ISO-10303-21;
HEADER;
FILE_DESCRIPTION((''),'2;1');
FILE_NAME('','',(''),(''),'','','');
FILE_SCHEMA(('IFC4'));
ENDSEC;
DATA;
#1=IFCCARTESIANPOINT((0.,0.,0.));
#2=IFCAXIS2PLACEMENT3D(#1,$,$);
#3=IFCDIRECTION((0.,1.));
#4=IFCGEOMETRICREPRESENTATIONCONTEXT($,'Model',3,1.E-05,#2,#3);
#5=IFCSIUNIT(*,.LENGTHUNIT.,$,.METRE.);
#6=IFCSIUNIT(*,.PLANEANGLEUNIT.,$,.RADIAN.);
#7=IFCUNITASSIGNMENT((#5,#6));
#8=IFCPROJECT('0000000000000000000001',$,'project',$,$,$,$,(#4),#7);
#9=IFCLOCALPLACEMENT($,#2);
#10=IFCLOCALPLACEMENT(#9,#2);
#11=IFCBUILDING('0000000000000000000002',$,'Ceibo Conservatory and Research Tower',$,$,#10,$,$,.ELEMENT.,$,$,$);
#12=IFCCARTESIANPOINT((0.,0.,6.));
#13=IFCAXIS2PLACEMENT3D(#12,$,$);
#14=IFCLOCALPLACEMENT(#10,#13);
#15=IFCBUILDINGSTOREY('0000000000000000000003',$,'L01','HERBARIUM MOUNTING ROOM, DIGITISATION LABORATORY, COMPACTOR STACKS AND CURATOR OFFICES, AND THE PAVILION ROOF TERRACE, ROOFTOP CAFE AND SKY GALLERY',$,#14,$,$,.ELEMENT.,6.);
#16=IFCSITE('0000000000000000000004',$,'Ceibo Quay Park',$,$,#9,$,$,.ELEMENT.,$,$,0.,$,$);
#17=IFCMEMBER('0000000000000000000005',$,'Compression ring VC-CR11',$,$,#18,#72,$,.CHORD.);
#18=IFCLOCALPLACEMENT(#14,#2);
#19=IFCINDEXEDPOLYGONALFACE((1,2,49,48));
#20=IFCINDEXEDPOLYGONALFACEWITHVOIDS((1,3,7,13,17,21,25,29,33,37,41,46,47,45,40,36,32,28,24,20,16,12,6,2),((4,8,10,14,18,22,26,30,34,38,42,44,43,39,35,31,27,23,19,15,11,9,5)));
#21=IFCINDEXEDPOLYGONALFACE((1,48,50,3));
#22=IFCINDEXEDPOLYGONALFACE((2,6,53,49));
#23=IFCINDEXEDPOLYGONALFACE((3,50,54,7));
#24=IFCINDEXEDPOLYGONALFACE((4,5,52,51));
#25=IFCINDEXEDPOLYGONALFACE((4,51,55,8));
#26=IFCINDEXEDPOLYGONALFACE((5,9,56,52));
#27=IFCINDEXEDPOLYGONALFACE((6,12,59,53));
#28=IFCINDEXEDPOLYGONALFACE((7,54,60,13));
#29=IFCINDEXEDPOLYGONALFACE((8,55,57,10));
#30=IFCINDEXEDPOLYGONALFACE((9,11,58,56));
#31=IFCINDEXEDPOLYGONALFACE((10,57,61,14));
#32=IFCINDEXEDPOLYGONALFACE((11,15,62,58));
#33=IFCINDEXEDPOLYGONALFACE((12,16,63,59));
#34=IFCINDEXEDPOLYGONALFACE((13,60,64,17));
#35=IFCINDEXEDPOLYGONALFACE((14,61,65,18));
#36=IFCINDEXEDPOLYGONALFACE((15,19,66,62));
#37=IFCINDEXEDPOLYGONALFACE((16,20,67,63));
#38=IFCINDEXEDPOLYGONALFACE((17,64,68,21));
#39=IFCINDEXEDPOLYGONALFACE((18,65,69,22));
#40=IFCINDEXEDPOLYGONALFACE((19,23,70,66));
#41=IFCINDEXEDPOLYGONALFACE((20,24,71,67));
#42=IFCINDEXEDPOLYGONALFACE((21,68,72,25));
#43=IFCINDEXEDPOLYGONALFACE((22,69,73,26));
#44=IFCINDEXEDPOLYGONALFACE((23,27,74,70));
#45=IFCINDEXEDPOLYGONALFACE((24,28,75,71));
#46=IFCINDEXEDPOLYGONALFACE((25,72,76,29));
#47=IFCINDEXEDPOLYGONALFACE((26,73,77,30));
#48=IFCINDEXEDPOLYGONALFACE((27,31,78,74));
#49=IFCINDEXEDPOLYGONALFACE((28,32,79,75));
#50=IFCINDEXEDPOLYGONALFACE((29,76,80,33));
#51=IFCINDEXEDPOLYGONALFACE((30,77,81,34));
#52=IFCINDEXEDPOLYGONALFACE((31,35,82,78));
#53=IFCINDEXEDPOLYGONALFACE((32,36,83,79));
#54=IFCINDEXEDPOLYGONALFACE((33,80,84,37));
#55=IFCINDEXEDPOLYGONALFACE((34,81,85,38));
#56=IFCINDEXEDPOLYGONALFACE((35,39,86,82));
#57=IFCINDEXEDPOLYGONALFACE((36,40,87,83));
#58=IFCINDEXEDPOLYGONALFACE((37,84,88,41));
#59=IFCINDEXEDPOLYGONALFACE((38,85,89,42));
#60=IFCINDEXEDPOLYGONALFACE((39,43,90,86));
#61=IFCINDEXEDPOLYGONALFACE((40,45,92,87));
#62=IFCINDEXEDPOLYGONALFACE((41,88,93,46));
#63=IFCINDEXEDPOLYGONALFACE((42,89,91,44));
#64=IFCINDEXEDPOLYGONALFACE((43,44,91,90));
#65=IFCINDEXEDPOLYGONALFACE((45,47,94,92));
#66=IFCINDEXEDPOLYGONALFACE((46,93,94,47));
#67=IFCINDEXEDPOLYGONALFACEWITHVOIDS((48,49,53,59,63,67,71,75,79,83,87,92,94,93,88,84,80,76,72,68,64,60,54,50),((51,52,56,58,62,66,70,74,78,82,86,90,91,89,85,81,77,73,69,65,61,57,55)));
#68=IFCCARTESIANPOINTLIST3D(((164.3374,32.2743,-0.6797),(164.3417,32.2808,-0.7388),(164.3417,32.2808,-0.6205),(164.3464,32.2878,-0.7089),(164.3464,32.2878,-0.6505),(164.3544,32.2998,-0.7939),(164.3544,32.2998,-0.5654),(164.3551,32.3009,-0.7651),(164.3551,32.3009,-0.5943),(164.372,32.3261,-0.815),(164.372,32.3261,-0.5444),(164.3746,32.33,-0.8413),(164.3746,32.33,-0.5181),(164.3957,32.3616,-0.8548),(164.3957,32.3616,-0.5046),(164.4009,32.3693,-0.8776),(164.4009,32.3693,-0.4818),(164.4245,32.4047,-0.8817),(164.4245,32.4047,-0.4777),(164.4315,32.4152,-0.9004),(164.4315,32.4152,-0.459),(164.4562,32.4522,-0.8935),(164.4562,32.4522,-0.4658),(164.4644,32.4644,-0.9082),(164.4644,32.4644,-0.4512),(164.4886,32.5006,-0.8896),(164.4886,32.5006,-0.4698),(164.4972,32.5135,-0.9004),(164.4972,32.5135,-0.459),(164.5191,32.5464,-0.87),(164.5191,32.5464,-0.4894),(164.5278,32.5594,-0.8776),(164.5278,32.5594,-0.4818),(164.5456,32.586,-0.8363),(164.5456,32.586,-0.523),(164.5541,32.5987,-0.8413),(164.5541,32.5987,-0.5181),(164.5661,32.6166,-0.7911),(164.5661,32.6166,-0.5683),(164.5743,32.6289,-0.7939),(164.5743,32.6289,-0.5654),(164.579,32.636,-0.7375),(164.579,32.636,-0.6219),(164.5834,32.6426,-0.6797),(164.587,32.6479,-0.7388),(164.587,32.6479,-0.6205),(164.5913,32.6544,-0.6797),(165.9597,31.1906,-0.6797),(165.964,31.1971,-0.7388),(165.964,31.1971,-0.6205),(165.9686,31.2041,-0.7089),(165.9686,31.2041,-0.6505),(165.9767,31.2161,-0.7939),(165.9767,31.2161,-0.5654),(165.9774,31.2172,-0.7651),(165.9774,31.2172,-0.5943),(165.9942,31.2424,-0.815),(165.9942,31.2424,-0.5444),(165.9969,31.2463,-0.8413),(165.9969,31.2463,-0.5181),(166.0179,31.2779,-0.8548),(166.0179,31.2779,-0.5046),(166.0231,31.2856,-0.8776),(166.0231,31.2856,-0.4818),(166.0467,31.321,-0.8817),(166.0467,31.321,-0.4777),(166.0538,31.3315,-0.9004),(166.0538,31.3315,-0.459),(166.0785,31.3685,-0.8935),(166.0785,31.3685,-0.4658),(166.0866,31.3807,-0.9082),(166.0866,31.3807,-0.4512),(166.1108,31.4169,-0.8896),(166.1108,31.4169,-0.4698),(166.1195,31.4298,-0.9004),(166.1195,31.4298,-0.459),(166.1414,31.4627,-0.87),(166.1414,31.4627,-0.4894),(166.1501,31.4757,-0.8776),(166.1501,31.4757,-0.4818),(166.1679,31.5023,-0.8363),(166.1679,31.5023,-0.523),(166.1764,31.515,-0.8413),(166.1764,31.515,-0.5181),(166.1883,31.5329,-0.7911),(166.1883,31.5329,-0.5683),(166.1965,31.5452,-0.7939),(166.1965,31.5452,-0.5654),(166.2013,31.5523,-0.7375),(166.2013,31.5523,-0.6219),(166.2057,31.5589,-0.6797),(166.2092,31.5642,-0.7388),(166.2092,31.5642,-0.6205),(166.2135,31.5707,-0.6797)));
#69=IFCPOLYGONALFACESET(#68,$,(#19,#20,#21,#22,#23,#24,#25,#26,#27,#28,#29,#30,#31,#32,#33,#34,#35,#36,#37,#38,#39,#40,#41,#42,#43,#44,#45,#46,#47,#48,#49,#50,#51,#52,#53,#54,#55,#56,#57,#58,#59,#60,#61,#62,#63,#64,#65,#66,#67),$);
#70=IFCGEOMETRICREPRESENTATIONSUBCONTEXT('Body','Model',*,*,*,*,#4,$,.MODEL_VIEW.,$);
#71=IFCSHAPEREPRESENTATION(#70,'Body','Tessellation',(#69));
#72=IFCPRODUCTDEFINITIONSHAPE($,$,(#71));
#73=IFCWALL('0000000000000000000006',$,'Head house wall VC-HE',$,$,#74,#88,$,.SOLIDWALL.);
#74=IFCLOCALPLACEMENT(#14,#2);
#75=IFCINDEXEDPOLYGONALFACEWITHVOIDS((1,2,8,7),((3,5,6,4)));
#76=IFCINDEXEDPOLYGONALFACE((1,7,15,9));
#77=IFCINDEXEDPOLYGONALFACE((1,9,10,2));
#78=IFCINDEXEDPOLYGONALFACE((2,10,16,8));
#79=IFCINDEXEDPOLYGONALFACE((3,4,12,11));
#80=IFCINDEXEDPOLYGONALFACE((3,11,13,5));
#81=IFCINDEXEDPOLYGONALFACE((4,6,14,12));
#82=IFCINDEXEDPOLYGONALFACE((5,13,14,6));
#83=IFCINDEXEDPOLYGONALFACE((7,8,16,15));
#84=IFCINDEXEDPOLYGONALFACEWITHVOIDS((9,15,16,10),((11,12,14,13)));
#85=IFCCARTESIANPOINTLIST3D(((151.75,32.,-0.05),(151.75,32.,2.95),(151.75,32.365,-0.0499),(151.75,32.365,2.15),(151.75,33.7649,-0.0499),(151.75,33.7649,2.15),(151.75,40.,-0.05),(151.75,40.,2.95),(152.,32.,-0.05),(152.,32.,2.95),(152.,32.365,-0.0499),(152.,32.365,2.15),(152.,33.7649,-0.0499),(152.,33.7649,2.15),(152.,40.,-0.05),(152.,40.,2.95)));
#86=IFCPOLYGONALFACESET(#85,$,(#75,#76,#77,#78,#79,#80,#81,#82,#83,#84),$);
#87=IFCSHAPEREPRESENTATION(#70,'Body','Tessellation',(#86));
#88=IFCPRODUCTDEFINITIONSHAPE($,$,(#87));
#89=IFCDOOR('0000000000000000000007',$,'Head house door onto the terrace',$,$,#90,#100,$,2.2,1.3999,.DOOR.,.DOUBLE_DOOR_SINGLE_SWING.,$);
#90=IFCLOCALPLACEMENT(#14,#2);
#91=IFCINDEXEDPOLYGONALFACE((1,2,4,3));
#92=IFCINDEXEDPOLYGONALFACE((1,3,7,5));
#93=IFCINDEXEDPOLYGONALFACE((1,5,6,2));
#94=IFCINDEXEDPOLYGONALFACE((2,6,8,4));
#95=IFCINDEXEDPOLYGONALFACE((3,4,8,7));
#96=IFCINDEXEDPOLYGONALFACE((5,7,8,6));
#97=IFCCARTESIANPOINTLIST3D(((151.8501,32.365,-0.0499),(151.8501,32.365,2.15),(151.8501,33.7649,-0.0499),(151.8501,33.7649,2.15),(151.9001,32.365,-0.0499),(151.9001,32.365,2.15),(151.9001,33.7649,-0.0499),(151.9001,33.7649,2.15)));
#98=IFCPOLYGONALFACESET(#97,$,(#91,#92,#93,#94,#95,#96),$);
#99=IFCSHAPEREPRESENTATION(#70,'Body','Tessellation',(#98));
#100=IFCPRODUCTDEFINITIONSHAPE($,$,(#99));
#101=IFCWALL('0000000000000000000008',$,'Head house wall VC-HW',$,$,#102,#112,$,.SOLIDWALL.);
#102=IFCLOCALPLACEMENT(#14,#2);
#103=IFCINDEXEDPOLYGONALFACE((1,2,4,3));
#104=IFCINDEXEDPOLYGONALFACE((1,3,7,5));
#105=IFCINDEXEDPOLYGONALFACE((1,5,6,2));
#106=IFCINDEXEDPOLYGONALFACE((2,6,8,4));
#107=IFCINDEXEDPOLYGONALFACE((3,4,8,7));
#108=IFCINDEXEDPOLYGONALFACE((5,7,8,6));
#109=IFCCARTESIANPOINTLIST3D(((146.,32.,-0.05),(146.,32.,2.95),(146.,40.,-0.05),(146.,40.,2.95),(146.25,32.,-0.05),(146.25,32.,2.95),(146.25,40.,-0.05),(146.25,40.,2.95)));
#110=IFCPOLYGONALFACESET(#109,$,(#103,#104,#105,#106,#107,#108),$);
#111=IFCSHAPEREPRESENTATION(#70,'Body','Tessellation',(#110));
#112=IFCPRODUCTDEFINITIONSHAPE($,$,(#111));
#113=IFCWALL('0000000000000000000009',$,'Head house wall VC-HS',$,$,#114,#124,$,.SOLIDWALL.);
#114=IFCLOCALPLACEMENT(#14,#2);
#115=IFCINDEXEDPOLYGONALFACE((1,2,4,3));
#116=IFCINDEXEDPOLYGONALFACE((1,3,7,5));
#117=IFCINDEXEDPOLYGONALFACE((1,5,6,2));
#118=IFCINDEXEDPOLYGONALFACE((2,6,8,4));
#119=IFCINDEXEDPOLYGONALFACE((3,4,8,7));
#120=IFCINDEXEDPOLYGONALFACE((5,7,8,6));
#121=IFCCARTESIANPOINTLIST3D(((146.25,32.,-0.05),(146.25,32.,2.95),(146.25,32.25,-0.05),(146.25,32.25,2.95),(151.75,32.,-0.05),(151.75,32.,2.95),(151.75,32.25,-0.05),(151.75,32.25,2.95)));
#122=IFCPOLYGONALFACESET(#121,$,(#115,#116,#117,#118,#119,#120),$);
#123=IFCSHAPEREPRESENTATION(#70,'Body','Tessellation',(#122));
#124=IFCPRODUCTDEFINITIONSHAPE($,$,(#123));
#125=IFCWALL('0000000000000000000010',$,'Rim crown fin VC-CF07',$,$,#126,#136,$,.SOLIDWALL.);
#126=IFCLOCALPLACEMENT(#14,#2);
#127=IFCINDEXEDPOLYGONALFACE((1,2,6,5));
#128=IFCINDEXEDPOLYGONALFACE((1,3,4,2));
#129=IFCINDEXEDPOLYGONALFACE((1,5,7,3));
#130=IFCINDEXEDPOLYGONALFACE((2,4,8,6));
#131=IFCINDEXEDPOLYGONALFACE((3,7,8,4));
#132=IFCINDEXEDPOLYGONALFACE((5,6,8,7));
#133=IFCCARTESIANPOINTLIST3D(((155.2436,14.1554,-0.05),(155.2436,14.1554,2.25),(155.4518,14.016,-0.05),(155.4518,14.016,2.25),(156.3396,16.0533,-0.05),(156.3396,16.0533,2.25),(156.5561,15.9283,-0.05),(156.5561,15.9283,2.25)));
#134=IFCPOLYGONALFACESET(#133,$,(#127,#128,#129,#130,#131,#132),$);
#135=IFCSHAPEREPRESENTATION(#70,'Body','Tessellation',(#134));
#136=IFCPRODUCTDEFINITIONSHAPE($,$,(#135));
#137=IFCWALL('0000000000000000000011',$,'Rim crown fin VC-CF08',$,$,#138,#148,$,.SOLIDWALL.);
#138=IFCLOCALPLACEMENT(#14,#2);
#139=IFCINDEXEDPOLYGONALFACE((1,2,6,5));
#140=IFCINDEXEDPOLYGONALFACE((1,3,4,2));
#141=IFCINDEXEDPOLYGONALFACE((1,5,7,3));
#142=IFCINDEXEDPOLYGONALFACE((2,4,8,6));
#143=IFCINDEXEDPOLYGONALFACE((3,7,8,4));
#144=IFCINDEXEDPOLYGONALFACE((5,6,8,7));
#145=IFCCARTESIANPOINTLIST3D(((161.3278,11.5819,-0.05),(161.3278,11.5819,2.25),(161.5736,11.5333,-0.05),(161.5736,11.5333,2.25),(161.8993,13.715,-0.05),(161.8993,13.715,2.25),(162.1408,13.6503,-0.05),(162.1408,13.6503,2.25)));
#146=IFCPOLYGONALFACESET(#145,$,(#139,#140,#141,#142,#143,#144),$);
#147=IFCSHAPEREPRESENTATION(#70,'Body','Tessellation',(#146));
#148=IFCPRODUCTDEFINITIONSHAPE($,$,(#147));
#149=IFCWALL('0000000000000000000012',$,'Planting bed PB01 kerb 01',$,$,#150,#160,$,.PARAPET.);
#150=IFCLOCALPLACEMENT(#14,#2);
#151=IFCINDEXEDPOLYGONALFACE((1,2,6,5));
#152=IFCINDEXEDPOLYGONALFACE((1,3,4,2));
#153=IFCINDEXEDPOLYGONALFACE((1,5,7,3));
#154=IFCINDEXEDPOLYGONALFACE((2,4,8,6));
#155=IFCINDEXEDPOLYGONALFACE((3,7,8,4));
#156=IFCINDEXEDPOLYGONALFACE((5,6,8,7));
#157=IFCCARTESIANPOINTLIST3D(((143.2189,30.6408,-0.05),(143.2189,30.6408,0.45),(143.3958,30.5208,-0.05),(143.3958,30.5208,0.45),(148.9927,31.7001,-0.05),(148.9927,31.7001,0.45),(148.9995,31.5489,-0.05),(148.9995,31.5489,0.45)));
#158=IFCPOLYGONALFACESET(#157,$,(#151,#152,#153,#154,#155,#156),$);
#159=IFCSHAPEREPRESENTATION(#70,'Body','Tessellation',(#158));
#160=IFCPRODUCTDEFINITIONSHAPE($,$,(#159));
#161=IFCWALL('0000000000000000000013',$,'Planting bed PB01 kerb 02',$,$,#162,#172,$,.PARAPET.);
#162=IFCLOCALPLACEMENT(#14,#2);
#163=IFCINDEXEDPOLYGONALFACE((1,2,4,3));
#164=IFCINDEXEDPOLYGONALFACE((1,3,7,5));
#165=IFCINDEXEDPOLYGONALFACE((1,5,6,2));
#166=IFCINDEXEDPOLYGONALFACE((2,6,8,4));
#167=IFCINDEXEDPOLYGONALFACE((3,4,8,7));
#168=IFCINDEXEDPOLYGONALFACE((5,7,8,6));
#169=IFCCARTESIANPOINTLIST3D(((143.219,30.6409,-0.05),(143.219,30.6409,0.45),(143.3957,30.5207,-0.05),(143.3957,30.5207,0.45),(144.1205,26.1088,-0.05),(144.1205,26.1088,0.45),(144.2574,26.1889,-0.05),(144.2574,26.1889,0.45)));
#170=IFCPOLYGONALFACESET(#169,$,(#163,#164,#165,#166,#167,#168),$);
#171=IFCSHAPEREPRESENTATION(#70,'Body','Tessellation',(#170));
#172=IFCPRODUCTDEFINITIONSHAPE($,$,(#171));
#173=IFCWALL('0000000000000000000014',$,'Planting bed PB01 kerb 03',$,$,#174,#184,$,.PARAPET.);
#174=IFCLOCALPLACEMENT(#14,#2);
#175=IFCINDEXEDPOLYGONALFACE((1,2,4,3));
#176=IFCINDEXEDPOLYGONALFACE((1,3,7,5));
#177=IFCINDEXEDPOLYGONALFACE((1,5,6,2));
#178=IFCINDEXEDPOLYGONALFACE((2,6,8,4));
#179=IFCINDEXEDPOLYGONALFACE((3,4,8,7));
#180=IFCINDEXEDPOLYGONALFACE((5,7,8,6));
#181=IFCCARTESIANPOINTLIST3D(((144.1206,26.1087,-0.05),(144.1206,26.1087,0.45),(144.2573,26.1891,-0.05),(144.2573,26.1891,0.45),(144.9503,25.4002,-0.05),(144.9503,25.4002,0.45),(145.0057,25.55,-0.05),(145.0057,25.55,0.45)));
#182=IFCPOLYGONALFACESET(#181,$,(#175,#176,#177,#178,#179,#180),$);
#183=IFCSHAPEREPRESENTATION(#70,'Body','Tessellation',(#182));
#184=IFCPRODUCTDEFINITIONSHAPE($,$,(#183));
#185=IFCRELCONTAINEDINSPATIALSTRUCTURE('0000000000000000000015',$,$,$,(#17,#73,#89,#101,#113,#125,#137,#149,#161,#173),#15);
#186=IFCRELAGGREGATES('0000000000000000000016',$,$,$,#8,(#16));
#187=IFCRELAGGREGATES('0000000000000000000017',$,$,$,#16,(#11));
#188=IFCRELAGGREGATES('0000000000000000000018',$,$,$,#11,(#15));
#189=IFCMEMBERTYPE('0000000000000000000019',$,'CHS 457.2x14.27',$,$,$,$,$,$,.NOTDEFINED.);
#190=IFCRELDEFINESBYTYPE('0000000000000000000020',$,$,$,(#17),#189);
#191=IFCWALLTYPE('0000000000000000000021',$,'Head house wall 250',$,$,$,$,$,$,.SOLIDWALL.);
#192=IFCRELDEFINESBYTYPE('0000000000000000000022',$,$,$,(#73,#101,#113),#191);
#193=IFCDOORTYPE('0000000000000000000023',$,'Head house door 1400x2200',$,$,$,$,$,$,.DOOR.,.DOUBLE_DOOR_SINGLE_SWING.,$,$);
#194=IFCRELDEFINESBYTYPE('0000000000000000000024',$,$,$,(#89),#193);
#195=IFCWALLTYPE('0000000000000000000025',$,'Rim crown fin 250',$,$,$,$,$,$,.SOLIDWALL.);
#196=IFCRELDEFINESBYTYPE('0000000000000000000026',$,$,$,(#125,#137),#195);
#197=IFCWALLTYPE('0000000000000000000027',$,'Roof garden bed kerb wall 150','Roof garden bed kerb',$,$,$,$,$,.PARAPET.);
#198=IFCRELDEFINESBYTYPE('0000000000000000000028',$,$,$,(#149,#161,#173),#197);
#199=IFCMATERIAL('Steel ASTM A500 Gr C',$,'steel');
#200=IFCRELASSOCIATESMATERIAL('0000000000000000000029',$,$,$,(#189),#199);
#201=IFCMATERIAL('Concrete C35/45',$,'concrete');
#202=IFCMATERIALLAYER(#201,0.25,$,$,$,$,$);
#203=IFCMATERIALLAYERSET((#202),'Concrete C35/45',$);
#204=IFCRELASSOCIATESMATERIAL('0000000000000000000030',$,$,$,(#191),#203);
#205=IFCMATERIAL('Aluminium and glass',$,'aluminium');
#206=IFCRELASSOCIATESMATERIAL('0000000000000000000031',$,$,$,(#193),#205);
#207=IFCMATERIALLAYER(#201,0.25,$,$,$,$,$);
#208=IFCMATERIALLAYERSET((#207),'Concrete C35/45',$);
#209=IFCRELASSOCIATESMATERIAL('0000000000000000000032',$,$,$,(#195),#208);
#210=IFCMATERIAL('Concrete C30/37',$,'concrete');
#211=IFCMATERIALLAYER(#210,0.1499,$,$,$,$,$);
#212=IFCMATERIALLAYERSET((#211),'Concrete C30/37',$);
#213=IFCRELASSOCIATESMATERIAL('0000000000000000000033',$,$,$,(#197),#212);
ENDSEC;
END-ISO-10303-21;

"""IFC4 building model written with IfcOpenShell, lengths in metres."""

from ifc_helpers import new_model, si_unit, direction, frame, frame_2d, origin, origin_2d, place, context, subcontext, project, spatial, polyline, rectangle, hollow_circle, outline, extrude, material, layer, layer_set, material_profile, profile_set, type_object, element, fill, save


model = new_model("IFC4")

# Units and contexts
model_context = context("Model", 3, precision=1e-05, world=origin(), true_north=direction((0.0, 1.0)))
body_context = subcontext(model_context, "Body", "Model", "MODEL_VIEW")
ifc_project = project(units=[si_unit("LENGTHUNIT", "METRE"), si_unit("PLANEANGLEUNIT", "RADIAN")], contexts=[model_context])

# Site, building, storey
site_placement = place(None, origin())
site = spatial("IfcSite", under=ifc_project, at=site_placement, Name="Ceibo Quay Park", CompositionType="ELEMENT", RefElevation=0.0)
building_placement = place(site_placement, origin())
building = spatial("IfcBuilding", under=site, at=building_placement, Name="Ceibo Conservatory and Research Tower", CompositionType="ELEMENT")
storey_placement = place(building_placement, frame((0.0, 0.0, 6.0)))
storey = spatial("IfcBuildingStorey", under=building, at=storey_placement, Name="L01", Description="HERBARIUM MOUNTING ROOM, DIGITISATION LABORATORY, COMPACTOR STACKS AND CURATOR OFFICES, AND THE PAVILION ROOF TERRACE, ROOFTOP CAFE AND SKY GALLERY", CompositionType="ELEMENT", Elevation=6.0)

# Member
ifc_material_1 = material(Name="Steel ASTM A500 Gr C", Category="steel")
ifc_material_profile = material_profile(ifc_material_1, hollow_circle(Radius=0.2285, WallThickness=0.0142, at=origin_2d()), Name="CHS 457.2x14.27")
ifc_profile_set = profile_set([ifc_material_profile], Name="Steel ASTM A500 Gr C")
member_type = type_object("IfcMemberType", Name="CHS 457.2x14.27", PredefinedType="NOTDEFINED", material=ifc_profile_set)
member_placement = place(storey_placement, frame((164.4644, 32.4644, -0.6797), z_axis=(0.83153, -0.55548, 0.0), x_axis=(0.55548, 0.83153, 0.0)))
element("IfcMember", 1, at=member_placement, inside=storey, type_object=member_type, Name="Compression ring VC-CR11", PredefinedType="CHORD", context=body_context, shape_type="SweptSolid", body=[
    extrude(hollow_circle(Radius=0.2285, WallThickness=0.0142, at=origin_2d()), origin(), (0.0, 0.0, 1.0), 1.9509),
])

# Wall, opening, door
ifc_material_2 = material(Name="Concrete C35/45", Category="concrete")
ifc_layer_1 = layer(ifc_material_2, 0.25)
ifc_layer_set_1 = layer_set([ifc_layer_1], Name="Concrete C35/45")
wall_type_1 = type_object("IfcWallType", Name="Head house wall 250", PredefinedType="SOLIDWALL", material=ifc_layer_set_1)
wall_1_placement = place(storey_placement, frame((151.875, 32.0, -0.05), z_axis=(0.0, 0.0, 1.0), x_axis=(0.0, 1.0, 0.0)))
wall_1 = element("IfcWall", 2, at=wall_1_placement, inside=storey, type_object=wall_type_1, Name="Head house wall VC-HE", PredefinedType="SOLIDWALL", context=body_context, shape_type="SweptSolid", body=[
    extrude(rectangle(XDim=8.0, YDim=0.25, at=frame_2d((4.0, 0.0))), origin(), (0.0, 0.0, 1.0), 3.0),
])
opening_placement = place(wall_1_placement, frame((0.365, 0.0, 0.0)))
opening = element("IfcOpeningElement", 3, at=opening_placement, cuts=wall_1, PredefinedType="OPENING", context=body_context, shape_type="SweptSolid", body=[
    extrude(rectangle(XDim=1.3999, YDim=2.2, at=frame_2d((0.7, 1.1001))), frame((0.0, 0.135, 0.0), z_axis=(0.0, -1.0, 0.0), x_axis=(1.0, 0.0, 0.0)), (0.0, 0.0, 1.0), 0.27),
])
ifc_material_3 = material(Name="Aluminium and glass", Category="aluminium")
door_type = type_object("IfcDoorType", Name="Head house door 1400x2200", OperationType="DOUBLE_DOOR_SINGLE_SWING", PredefinedType="DOOR", material=ifc_material_3)
door_placement = place(opening_placement, origin())
door = element("IfcDoor", 4, at=door_placement, inside=storey, type_object=door_type, Name="Head house door onto the terrace", OperationType="DOUBLE_DOOR_SINGLE_SWING", OverallHeight=2.2, OverallWidth=1.3999, PredefinedType="DOOR", context=body_context, shape_type="SweptSolid", body=[
    extrude(rectangle(XDim=1.3999, YDim=2.2, at=frame_2d((0.7, 1.1001))), frame((0.0, 0.0249, 0.0), z_axis=(0.0, -1.0, 0.0), x_axis=(1.0, 0.0, 0.0)), (0.0, 0.0, 1.0), 0.05),
])
fill(opening, door)

# Walls
wall_2_placement = place(storey_placement, frame((146.125, 32.0, -0.05), z_axis=(0.0, 0.0, 1.0), x_axis=(0.0, 1.0, 0.0)))
element("IfcWall", 5, at=wall_2_placement, inside=storey, type_object=wall_type_1, Name="Head house wall VC-HW", PredefinedType="SOLIDWALL", context=body_context, shape_type="SweptSolid", body=[
    extrude(rectangle(XDim=8.0, YDim=0.25, at=frame_2d((4.0, 0.0))), origin(), (0.0, 0.0, 1.0), 3.0),
])
wall_3_placement = place(storey_placement, frame((146.25, 32.125, -0.05), z_axis=(0.0, 0.0, 1.0), x_axis=(1.0, 0.0, 0.0)))
element("IfcWall", 6, at=wall_3_placement, inside=storey, type_object=wall_type_1, Name="Head house wall VC-HS", PredefinedType="SOLIDWALL", context=body_context, shape_type="SweptSolid", body=[
    extrude(rectangle(XDim=5.5, YDim=0.25, at=frame_2d((2.75, 0.0))), origin(), (0.0, 0.0, 1.0), 3.0),
])
ifc_layer_2 = layer(ifc_material_2, 0.25)
ifc_layer_set_2 = layer_set([ifc_layer_2], Name="Concrete C35/45")
wall_type_2 = type_object("IfcWallType", Name="Rim crown fin 250", PredefinedType="SOLIDWALL", material=ifc_layer_set_2)
wall_4_placement = place(storey_placement, frame((155.3477, 14.0857, -0.05), z_axis=(0.0, 0.0, 1.0), x_axis=(0.500078, 0.86598, 0.0)))
element("IfcWall", 7, at=wall_4_placement, inside=storey, type_object=wall_type_2, Name="Rim crown fin VC-CF07", PredefinedType="SOLIDWALL", context=body_context, shape_type="SweptSolid", body=[
    extrude(outline(polyline([(-0.0083, -0.125), (2.2, -0.125), (2.2, 0.125), (0.0083, 0.125), (-0.0083, -0.125)])), origin(), (0.0, 0.0, 1.0), 2.3),
])
wall_5_placement = place(storey_placement, frame((161.4507, 11.5576, -0.05), z_axis=(0.0, 0.0, 1.0), x_axis=(0.258795, 0.965932, 0.0)))
element("IfcWall", 8, at=wall_5_placement, inside=storey, type_object=wall_type_2, Name="Rim crown fin VC-CF08", PredefinedType="SOLIDWALL", context=body_context, shape_type="SweptSolid", body=[
    extrude(outline(polyline([(0.0083, -0.125), (2.2, -0.125), (2.2, 0.125), (-0.0083, 0.125), (0.0083, -0.125)])), origin(), (0.0, 0.0, 1.0), 2.3),
])
ifc_material_4 = material(Name="Concrete C30/37", Category="concrete")
ifc_layer_3 = layer(ifc_material_4, 0.1499)
ifc_layer_set_3 = layer_set([ifc_layer_3], Name="Concrete C30/37")
wall_type_3 = type_object("IfcWallType", Name="Roof garden bed kerb wall 150", Description="Roof garden bed kerb", PredefinedType="PARAPET", material=ifc_layer_set_3)
wall_6_placement = place(storey_placement, frame((148.9961, 31.6245, -0.05), z_axis=(0.0, 0.0, 1.0), x_axis=(-0.983583, -0.180457, 0.0)))
element("IfcWall", 9, at=wall_6_placement, inside=storey, type_object=wall_type_3, Name="Planting bed PB01 kerb 01", PredefinedType="PARAPET", context=body_context, shape_type="SweptSolid", body=[
    extrude(outline(polyline([(-0.0103, -0.075), (5.8599, -0.075), (5.7075, 0.075), (0.0103, 0.075), (-0.0103, -0.075)])), origin(), (0.0, 0.0, 1.0), 0.5),
])
wall_7_placement = place(storey_placement, frame((143.3074, 30.5808, -0.05), z_axis=(0.0, 0.0, 1.0), x_axis=(0.195098, -0.980784, 0.0)))
element("IfcWall", 10, at=wall_7_placement, inside=storey, type_object=wall_type_3, Name="Planting bed PB01 kerb 02", PredefinedType="PARAPET", context=body_context, shape_type="SweptSolid", body=[
    extrude(outline(polyline([(-0.0762, -0.075), (4.5447, -0.075), (4.4929, 0.075), (0.0762, 0.075), (-0.0762, -0.075)])), origin(), (0.0, 0.0, 1.0), 0.5),
])
wall_8_placement = place(storey_placement, frame((144.189, 26.1489, -0.05), z_axis=(0.0, 0.0, 1.0), x_axis=(0.760451, -0.649395, 0.0)))
element("IfcWall", 11, at=wall_8_placement, inside=storey, type_object=wall_type_3, Name="Planting bed PB01 kerb 03", PredefinedType="PARAPET", context=body_context, shape_type="SweptSolid", body=[
    extrude(outline(polyline([(-0.0259, -0.075), (1.0652, -0.075), (1.01, 0.075), (0.0259, 0.075), (-0.0259, -0.075)])), origin(), (0.0, 0.0, 1.0), 0.5),
])

save(model, "model.ifc")
